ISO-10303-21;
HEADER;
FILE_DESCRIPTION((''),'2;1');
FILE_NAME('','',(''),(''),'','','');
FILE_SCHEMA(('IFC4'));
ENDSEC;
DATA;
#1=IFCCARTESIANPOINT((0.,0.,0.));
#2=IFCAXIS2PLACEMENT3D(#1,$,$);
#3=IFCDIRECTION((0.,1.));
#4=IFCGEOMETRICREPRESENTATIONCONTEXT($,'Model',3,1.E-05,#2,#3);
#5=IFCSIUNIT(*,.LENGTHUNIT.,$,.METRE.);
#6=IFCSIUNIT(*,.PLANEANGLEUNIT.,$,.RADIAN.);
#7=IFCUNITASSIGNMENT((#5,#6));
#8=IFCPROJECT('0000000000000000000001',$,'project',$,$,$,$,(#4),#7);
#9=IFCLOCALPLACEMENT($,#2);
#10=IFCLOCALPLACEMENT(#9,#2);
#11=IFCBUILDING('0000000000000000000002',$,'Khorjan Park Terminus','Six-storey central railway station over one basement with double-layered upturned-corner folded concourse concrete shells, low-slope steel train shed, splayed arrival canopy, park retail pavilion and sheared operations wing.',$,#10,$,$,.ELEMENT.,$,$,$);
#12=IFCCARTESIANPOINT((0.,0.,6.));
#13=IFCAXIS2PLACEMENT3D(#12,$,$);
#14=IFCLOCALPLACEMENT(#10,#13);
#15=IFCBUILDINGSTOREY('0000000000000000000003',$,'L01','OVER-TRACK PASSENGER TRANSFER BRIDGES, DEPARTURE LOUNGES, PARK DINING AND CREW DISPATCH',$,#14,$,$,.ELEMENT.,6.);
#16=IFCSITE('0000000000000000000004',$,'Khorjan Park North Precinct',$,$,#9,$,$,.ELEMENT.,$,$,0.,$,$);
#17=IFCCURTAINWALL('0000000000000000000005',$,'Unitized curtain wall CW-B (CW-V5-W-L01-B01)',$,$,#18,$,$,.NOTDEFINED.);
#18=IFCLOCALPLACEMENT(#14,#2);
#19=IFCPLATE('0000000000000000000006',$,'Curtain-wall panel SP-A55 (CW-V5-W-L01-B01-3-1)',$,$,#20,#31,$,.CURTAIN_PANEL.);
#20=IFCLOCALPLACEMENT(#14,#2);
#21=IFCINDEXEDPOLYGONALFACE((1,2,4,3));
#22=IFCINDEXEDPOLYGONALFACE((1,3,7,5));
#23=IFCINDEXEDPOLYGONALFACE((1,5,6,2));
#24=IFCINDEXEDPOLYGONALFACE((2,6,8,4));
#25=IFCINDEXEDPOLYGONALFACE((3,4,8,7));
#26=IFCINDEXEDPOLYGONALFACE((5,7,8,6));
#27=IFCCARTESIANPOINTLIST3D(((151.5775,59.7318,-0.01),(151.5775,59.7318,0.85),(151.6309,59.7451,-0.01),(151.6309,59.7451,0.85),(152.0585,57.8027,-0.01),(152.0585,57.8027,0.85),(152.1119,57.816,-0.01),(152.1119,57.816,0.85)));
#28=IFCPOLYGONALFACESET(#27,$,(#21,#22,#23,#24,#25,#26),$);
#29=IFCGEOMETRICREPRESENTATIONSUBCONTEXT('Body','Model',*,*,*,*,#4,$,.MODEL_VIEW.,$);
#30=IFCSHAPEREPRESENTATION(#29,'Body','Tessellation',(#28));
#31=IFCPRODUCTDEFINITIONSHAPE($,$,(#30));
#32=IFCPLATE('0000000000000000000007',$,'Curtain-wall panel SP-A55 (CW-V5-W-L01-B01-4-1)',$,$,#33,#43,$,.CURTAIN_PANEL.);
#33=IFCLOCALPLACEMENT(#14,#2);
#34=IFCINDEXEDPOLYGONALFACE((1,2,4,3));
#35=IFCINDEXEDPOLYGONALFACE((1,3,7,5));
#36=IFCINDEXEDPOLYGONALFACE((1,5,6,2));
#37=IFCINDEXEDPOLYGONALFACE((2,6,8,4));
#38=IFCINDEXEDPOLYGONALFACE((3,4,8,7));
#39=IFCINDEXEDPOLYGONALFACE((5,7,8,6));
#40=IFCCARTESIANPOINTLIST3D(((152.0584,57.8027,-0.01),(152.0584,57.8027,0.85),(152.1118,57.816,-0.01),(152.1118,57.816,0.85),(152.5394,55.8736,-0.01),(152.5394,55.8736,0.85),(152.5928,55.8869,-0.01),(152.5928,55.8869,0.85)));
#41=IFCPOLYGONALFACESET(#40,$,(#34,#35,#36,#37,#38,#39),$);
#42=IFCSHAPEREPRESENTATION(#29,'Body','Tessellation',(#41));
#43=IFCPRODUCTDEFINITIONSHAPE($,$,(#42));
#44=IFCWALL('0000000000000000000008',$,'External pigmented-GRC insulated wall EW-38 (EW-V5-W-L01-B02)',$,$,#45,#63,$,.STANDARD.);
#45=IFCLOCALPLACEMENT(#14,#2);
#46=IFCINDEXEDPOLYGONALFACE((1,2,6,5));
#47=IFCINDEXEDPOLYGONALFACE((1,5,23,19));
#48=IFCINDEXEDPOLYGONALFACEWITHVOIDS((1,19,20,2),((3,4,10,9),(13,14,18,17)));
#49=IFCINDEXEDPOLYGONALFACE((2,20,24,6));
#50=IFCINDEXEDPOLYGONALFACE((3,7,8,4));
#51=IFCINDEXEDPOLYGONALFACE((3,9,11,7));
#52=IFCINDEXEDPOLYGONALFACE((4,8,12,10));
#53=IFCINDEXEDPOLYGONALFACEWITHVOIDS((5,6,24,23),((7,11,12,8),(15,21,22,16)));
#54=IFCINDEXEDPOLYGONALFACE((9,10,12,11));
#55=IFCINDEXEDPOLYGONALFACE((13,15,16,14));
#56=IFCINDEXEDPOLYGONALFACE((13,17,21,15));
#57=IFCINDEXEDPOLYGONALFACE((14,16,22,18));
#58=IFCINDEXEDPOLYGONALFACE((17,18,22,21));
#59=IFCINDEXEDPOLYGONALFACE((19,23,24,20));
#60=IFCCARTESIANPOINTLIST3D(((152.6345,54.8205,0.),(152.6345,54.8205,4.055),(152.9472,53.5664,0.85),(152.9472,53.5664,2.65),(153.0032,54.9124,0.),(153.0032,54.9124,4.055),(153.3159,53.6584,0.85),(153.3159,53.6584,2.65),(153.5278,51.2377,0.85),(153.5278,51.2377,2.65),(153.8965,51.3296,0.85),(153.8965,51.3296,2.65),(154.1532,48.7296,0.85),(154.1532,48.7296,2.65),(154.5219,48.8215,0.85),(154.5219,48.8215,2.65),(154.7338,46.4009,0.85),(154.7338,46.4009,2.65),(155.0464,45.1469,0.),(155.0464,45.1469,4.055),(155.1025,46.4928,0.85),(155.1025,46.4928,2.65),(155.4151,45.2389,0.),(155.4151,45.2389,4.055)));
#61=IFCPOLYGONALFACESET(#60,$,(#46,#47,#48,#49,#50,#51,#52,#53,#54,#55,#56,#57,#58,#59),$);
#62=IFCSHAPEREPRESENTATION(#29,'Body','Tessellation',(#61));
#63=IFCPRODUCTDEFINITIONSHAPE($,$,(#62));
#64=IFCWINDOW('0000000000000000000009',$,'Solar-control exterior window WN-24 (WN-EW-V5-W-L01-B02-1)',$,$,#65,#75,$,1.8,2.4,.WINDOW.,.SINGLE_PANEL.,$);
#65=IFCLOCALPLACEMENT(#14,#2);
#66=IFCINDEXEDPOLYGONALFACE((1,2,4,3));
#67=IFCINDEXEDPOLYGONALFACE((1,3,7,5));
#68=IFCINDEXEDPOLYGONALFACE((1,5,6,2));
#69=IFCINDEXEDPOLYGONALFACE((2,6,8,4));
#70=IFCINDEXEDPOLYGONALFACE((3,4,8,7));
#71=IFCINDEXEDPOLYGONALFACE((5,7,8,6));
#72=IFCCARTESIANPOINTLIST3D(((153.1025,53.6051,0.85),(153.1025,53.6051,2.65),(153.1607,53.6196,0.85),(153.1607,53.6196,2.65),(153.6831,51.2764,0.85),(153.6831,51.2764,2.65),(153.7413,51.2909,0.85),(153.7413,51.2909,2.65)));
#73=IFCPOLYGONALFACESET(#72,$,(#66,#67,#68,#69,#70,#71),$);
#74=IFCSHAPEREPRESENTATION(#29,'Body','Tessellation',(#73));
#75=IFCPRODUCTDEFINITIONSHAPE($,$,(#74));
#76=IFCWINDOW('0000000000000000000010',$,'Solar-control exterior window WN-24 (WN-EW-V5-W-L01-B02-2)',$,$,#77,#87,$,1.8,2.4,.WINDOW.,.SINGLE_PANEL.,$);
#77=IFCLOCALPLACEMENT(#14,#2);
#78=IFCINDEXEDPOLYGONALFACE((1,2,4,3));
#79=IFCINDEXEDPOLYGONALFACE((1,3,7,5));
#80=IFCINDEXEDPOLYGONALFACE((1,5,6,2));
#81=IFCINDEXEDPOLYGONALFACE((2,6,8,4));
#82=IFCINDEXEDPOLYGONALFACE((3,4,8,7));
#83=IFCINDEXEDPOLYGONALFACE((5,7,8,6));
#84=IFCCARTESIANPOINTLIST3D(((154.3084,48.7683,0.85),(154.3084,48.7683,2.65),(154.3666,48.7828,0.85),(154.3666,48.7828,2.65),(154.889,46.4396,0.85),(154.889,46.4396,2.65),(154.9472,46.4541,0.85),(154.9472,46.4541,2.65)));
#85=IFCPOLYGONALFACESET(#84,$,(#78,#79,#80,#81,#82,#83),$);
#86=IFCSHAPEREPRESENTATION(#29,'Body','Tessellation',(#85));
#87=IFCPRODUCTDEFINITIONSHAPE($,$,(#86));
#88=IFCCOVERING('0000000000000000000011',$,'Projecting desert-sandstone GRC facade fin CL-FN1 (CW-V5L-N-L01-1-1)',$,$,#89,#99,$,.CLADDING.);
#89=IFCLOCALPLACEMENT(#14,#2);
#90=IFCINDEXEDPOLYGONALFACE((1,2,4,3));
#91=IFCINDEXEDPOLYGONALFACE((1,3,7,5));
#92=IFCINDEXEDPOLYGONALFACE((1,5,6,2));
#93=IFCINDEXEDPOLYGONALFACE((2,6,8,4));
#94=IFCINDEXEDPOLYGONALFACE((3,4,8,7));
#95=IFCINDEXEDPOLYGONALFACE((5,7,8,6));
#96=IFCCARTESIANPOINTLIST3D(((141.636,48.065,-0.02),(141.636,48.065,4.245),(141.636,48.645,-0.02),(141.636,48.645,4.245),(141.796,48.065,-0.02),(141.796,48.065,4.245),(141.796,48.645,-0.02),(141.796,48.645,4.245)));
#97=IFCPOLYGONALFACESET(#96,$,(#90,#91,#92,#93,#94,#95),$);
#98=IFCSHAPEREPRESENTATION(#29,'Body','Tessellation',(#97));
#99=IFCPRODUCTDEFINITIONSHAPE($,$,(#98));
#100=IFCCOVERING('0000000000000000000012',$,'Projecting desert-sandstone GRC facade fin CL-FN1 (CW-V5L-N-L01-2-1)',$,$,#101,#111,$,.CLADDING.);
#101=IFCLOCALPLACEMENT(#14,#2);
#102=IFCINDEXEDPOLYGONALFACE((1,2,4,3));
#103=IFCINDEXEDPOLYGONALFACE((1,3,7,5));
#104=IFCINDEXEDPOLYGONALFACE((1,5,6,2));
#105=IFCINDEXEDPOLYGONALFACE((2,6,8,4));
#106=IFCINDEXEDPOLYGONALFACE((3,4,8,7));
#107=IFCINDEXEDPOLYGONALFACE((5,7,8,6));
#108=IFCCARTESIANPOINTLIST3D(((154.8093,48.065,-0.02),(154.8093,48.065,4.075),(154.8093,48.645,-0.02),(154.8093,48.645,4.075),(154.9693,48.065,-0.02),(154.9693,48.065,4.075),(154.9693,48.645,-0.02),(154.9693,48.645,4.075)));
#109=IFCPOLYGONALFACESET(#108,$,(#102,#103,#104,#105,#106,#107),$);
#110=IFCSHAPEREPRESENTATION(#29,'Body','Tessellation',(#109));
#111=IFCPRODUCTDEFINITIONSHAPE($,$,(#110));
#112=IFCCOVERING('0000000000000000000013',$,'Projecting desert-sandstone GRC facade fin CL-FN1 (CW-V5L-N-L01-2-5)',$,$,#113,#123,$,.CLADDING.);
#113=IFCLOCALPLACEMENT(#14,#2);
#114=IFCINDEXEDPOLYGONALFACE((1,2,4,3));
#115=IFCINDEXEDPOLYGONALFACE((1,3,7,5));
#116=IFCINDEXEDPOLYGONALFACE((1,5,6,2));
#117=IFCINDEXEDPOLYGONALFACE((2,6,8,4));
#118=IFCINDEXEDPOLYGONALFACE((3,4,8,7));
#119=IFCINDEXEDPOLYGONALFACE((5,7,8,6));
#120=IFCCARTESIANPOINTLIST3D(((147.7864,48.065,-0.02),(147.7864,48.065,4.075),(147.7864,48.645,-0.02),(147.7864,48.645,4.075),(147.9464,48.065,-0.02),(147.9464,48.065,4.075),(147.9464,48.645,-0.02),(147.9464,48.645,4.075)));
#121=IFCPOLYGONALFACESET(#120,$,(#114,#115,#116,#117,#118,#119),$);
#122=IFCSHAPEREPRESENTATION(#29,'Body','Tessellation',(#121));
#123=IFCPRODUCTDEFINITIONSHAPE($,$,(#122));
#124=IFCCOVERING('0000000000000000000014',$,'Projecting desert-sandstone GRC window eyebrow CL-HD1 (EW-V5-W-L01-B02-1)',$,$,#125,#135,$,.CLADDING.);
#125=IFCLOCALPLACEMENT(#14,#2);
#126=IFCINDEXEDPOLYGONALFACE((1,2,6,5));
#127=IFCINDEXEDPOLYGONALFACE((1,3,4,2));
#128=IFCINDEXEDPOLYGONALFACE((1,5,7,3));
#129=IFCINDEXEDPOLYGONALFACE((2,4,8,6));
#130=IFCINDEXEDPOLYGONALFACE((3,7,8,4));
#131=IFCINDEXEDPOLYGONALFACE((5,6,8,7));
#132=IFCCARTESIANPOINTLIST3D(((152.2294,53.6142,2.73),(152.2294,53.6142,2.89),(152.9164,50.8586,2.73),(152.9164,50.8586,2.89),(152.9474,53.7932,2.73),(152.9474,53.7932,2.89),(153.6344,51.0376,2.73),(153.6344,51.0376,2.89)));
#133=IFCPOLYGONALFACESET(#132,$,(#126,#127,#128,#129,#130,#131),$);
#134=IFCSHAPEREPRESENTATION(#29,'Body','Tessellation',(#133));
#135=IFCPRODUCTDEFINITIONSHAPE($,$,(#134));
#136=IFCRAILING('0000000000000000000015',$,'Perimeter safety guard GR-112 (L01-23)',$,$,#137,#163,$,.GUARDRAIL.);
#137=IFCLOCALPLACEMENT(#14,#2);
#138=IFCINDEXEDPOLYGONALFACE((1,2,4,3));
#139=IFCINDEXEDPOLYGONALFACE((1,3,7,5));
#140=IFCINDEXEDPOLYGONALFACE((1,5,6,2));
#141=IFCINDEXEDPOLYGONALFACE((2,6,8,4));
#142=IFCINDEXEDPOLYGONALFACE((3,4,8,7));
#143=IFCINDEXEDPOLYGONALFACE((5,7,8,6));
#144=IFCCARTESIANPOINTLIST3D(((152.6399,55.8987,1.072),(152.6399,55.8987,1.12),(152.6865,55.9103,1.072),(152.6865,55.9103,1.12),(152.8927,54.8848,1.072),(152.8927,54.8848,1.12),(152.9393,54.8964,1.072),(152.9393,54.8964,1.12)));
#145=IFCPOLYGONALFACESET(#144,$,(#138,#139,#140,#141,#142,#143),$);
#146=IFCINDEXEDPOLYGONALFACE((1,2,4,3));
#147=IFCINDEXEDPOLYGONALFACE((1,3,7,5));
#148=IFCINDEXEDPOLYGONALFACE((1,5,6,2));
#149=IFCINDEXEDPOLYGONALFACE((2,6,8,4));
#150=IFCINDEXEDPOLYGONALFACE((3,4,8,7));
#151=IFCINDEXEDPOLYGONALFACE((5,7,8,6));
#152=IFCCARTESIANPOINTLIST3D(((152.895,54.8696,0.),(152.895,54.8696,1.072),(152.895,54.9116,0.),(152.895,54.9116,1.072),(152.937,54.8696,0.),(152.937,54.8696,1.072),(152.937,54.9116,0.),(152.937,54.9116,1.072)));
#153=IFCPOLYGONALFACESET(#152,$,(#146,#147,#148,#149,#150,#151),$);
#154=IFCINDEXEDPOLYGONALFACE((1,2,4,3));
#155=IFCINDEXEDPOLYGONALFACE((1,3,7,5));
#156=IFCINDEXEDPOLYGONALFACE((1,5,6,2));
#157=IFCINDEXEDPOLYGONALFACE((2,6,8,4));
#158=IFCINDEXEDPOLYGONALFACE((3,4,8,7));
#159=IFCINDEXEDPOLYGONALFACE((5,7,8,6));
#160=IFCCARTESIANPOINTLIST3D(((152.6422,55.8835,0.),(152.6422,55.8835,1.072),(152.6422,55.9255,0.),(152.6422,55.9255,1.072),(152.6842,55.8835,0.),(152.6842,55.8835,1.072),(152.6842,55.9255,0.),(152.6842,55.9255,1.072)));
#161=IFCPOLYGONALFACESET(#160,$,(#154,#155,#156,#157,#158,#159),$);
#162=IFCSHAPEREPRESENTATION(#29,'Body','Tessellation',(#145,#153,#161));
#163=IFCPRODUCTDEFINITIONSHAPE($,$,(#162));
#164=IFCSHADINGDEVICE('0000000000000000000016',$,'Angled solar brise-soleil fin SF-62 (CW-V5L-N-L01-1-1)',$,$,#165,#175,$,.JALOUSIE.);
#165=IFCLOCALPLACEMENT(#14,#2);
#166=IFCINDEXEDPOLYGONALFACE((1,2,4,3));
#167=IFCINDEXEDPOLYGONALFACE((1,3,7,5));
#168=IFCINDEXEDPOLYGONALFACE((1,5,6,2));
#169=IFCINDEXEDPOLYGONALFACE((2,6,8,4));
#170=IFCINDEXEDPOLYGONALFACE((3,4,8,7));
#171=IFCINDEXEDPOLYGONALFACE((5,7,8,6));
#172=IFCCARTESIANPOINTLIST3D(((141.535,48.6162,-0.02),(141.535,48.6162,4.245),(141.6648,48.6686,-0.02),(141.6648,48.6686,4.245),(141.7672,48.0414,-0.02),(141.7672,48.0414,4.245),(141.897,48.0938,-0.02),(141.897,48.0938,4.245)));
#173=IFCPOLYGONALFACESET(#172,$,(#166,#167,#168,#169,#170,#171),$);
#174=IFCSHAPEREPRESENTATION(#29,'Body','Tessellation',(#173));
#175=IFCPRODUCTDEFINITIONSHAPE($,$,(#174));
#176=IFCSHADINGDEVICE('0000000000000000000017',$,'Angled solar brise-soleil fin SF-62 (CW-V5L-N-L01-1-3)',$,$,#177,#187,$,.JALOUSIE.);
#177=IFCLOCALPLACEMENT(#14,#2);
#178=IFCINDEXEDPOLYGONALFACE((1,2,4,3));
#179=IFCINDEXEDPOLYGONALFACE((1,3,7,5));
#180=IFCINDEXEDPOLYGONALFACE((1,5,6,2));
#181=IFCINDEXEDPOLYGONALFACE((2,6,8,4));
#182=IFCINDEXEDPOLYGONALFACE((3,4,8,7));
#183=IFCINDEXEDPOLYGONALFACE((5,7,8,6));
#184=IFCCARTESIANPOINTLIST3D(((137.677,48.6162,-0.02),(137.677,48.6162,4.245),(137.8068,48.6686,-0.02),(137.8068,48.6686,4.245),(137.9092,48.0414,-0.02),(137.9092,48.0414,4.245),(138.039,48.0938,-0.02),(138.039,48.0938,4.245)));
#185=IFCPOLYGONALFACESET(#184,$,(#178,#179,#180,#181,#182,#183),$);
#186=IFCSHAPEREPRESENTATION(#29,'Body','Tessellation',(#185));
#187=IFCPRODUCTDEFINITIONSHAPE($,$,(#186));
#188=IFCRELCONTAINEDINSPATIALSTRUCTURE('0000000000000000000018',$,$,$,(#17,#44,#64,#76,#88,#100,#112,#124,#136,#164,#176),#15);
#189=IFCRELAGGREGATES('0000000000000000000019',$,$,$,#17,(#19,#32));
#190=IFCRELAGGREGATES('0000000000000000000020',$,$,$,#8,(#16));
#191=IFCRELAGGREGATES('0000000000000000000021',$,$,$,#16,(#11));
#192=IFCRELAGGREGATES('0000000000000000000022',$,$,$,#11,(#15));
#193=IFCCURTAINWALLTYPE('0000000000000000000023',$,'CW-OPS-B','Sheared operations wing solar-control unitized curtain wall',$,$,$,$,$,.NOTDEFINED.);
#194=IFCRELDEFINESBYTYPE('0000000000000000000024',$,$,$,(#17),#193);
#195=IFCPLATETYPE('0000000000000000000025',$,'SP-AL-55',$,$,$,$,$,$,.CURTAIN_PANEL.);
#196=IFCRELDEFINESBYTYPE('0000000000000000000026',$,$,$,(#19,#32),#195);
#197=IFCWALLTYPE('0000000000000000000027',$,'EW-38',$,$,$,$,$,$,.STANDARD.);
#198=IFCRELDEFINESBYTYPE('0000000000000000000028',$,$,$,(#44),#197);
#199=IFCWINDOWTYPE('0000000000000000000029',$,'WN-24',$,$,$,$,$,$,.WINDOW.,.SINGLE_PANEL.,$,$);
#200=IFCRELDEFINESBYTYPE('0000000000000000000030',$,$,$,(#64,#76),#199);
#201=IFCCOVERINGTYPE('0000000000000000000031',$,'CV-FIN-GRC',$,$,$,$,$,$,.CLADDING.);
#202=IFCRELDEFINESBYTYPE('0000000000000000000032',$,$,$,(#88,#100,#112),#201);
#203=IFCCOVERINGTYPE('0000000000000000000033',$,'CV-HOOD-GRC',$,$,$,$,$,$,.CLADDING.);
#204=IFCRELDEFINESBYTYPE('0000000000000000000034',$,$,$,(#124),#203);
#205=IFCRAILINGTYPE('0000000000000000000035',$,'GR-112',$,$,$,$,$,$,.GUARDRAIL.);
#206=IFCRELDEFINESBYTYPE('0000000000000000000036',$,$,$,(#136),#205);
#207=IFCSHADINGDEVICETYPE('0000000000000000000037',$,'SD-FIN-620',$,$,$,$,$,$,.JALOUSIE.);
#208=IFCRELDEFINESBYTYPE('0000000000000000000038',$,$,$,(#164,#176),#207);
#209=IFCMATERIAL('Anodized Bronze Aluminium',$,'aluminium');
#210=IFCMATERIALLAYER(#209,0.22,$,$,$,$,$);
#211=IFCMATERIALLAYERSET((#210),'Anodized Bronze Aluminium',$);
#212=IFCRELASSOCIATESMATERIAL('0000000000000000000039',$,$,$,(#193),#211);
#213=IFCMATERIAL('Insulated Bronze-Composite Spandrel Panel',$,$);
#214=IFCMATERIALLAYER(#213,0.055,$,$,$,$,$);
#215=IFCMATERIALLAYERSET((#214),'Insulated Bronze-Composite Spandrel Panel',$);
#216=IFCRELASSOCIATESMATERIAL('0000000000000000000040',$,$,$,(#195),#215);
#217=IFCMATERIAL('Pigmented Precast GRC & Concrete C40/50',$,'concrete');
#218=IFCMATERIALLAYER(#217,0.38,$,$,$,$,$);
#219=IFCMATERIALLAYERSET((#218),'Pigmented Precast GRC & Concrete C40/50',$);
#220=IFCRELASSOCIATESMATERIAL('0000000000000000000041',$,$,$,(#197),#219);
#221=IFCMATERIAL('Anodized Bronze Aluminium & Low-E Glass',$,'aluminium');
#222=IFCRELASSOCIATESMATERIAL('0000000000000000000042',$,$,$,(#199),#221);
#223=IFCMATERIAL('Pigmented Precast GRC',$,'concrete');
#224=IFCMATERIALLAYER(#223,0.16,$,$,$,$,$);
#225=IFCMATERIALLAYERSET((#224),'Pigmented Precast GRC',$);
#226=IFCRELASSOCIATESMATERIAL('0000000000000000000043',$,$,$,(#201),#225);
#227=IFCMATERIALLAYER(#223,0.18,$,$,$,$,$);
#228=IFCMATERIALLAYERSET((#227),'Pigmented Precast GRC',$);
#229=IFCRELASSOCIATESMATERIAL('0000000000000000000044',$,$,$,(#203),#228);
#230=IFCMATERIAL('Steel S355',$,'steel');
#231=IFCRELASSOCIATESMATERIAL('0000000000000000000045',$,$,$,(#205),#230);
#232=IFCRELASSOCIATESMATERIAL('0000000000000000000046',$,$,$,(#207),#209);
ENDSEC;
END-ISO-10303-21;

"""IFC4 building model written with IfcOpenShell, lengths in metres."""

from ifc_helpers import new_model, si_unit, direction, frame, frame_2d, origin, origin_2d, place, context, subcontext, project, spatial, rectangle, extrude, material, layer, layer_set, type_object, element, fill, aggregate, save


model = new_model("IFC4")

# Units and contexts
model_context = context("Model", 3, precision=1e-05, world=origin(), true_north=direction((0.0, 1.0)))
body_context = subcontext(model_context, "Body", "Model", "MODEL_VIEW")
ifc_project = project(units=[si_unit("LENGTHUNIT", "METRE"), si_unit("PLANEANGLEUNIT", "RADIAN")], contexts=[model_context])

# Site, building, storey
site_placement = place(None, origin())
site = spatial("IfcSite", under=ifc_project, at=site_placement, Name="Khorjan Park North Precinct", CompositionType="ELEMENT", RefElevation=0.0)
building_placement = place(site_placement, origin())
building = spatial("IfcBuilding", under=site, at=building_placement, Name="Khorjan Park Terminus", Description="Six-storey central railway station over one basement with double-layered upturned-corner folded concourse concrete shells, low-slope steel train shed, splayed arrival canopy, park retail pavilion and sheared operations wing.", CompositionType="ELEMENT")
storey_placement = place(building_placement, frame((0.0, 0.0, 6.0)))
storey = spatial("IfcBuildingStorey", under=building, at=storey_placement, Name="L01", Description="OVER-TRACK PASSENGER TRANSFER BRIDGES, DEPARTURE LOUNGES, PARK DINING AND CREW DISPATCH", CompositionType="ELEMENT", Elevation=6.0)

# Curtain wall, plates
ifc_material_1 = material(Name="Anodized Bronze Aluminium", Category="aluminium")
ifc_layer_1 = layer(ifc_material_1, 0.22)
ifc_layer_set_1 = layer_set([ifc_layer_1], Name="Anodized Bronze Aluminium")
curtain_wall_type = type_object("IfcCurtainWallType", Name="CW-OPS-B", Description="Sheared operations wing solar-control unitized curtain wall", PredefinedType="NOTDEFINED", material=ifc_layer_set_1)
curtain_wall_placement = place(storey_placement, origin())
curtain_wall = element("IfcCurtainWall", 1, at=curtain_wall_placement, inside=storey, type_object=curtain_wall_type, Name="Unitized curtain wall CW-B (CW-V5-W-L01-B01)", PredefinedType="NOTDEFINED")
ifc_material_2 = material(Name="Insulated Bronze-Composite Spandrel Panel")
ifc_layer_2 = layer(ifc_material_2, 0.055)
ifc_layer_set_2 = layer_set([ifc_layer_2], Name="Insulated Bronze-Composite Spandrel Panel")
plate_type_1 = type_object("IfcPlateType", Name="SP-AL-55", PredefinedType="CURTAIN_PANEL", material=ifc_layer_set_2)
plate_1_placement = place(storey_placement, frame((151.8447, 58.7739, -0.01), z_axis=(0.0, 0.0, 1.0), x_axis=(0.241913, -0.970298, 0.0)))
plate_1 = element("IfcPlate", 2, at=plate_1_placement, type_object=plate_type_1, Name="Curtain-wall panel SP-A55 (CW-V5-W-L01-B01-3-1)", PredefinedType="CURTAIN_PANEL", context=body_context, shape_type="SweptSolid", body=[
    extrude(rectangle(XDim=1.9882, YDim=0.055, at=origin_2d()), origin(), (0.0, 0.0, 1.0), 0.86),
])
plate_2_placement = place(storey_placement, frame((152.3256, 56.8448, -0.01), z_axis=(0.0, 0.0, 1.0), x_axis=(0.241913, -0.970298, 0.0)))
plate_2 = element("IfcPlate", 3, at=plate_2_placement, type_object=plate_type_1, Name="Curtain-wall panel SP-A55 (CW-V5-W-L01-B01-4-1)", PredefinedType="CURTAIN_PANEL", context=body_context, shape_type="SweptSolid", body=[
    extrude(rectangle(XDim=1.9882, YDim=0.055, at=origin_2d()), origin(), (0.0, 0.0, 1.0), 0.86),
])
aggregate(curtain_wall, [plate_1, plate_2])

# Wall, openings, windows
ifc_material_3 = material(Name="Pigmented Precast GRC & Concrete C40/50", Category="concrete")
ifc_layer_3 = layer(ifc_material_3, 0.38)
ifc_layer_set_3 = layer_set([ifc_layer_3], Name="Pigmented Precast GRC & Concrete C40/50")
wall_type = type_object("IfcWallType", Name="EW-38", PredefinedType="STANDARD", material=ifc_layer_set_3)
wall_placement = place(storey_placement, frame((152.8189, 54.8664, 0.0), z_axis=(0.0, 0.0, 1.0), x_axis=(0.241922, -0.970296, 0.0)))
wall = element("IfcWall", 4, at=wall_placement, inside=storey, type_object=wall_type, Name="External pigmented-GRC insulated wall EW-38 (EW-V5-W-L01-B02)", PredefinedType="STANDARD", context=body_context, shape_type="SweptSolid", body=[
    extrude(rectangle(XDim=9.9697, YDim=0.38, at=frame_2d((4.9848, 0.0))), origin(), (0.0, 0.0, 1.0), 4.055),
])
opening_1_placement = place(wall_placement, frame((1.2924, 0.0, 0.85)))
opening_1 = element("IfcOpeningElement", 5, at=opening_1_placement, cuts=wall, PredefinedType="OPENING", context=body_context, shape_type="SweptSolid", body=[
    extrude(rectangle(XDim=2.4, YDim=1.8, at=frame_2d((1.2, 0.9))), frame((0.0, 0.2, 0.0), z_axis=(0.0, -1.0, 0.0), x_axis=(1.0, 0.0, 0.0)), (0.0, 0.0, 1.0), 0.4),
])
opening_2_placement = place(wall_placement, frame((6.2773, 0.0, 0.85)))
opening_2 = element("IfcOpeningElement", 6, at=opening_2_placement, cuts=wall, PredefinedType="OPENING", context=body_context, shape_type="SweptSolid", body=[
    extrude(rectangle(XDim=2.4, YDim=1.8, at=frame_2d((1.2, 0.9))), frame((0.0, 0.2, 0.0), z_axis=(0.0, -1.0, 0.0), x_axis=(1.0, 0.0, 0.0)), (0.0, 0.0, 1.0), 0.4),
])
ifc_material_4 = material(Name="Anodized Bronze Aluminium & Low-E Glass", Category="aluminium")
window_type = type_object("IfcWindowType", Name="WN-24", PartitioningType="SINGLE_PANEL", PredefinedType="WINDOW", material=ifc_material_4)
window_1_placement = place(opening_1_placement, origin())
window_1 = element("IfcWindow", 7, at=window_1_placement, inside=storey, type_object=window_type, Name="Solar-control exterior window WN-24 (WN-EW-V5-W-L01-B02-1)", OverallHeight=1.8, OverallWidth=2.4, PartitioningType="SINGLE_PANEL", PredefinedType="WINDOW", context=body_context, shape_type="SweptSolid", body=[
    extrude(rectangle(XDim=2.4, YDim=1.8, at=frame_2d((1.2, 0.9))), frame((0.0, 0.03, 0.0), z_axis=(0.0, -1.0, 0.0), x_axis=(1.0, 0.0, 0.0)), (0.0, 0.0, 1.0), 0.06),
])
fill(opening_1, window_1)
window_2_placement = place(opening_2_placement, origin())
window_2 = element("IfcWindow", 8, at=window_2_placement, inside=storey, type_object=window_type, Name="Solar-control exterior window WN-24 (WN-EW-V5-W-L01-B02-2)", OverallHeight=1.8, OverallWidth=2.4, PartitioningType="SINGLE_PANEL", PredefinedType="WINDOW", context=body_context, shape_type="SweptSolid", body=[
    extrude(rectangle(XDim=2.4, YDim=1.8, at=frame_2d((1.2, 0.9))), frame((0.0, 0.03, 0.0), z_axis=(0.0, -1.0, 0.0), x_axis=(1.0, 0.0, 0.0)), (0.0, 0.0, 1.0), 0.06),
])
fill(opening_2, window_2)

# Coverings
ifc_material_5 = material(Name="Pigmented Precast GRC", Category="concrete")
ifc_layer_4 = layer(ifc_material_5, 0.16)
ifc_layer_set_4 = layer_set([ifc_layer_4], Name="Pigmented Precast GRC")
covering_type_1 = type_object("IfcCoveringType", Name="CV-FIN-GRC", PredefinedType="CLADDING", material=ifc_layer_set_4)
covering_1_placement = place(storey_placement, frame((141.716, 48.355, -0.02), z_axis=(0.0, 0.0, 1.0), x_axis=(0.0, -1.0, 0.0)))
element("IfcCovering", 9, at=covering_1_placement, inside=storey, type_object=covering_type_1, Name="Projecting desert-sandstone GRC facade fin CL-FN1 (CW-V5L-N-L01-1-1)", PredefinedType="CLADDING", context=body_context, shape_type="SweptSolid", body=[
    extrude(rectangle(XDim=0.58, YDim=0.16, at=origin_2d()), origin(), (0.0, 0.0, 1.0), 4.265),
])
for number, where, z_axis, x_axis, name in (
    (10, (154.8893, 48.355, -0.02), (0.0, 0.0, 1.0), (0.0, -1.0, 0.0), "Projecting desert-sandstone GRC facade fin CL-FN1 (CW-V5L-N-L01-2-1)"),
    (11, (147.8664, 48.355, -0.02), (0.0, 0.0, 1.0), (0.0, -1.0, 0.0), "Projecting desert-sandstone GRC facade fin CL-FN1 (CW-V5L-N-L01-2-5)"),
):
    element("IfcCovering", number, at=place(storey_placement, frame(where, z_axis=z_axis, x_axis=x_axis)), inside=storey, type_object=covering_type_1, Name=name, PredefinedType="CLADDING", context=body_context, shape_type="SweptSolid", body=[
        extrude(rectangle(XDim=0.58, YDim=0.16, at=origin_2d()), origin(), (0.0, 0.0, 1.0), 4.095),
    ])
ifc_layer_5 = layer(ifc_material_5, 0.18)
ifc_layer_set_5 = layer_set([ifc_layer_5], Name="Pigmented Precast GRC")
covering_type_2 = type_object("IfcCoveringType", Name="CV-HOOD-GRC", PredefinedType="CLADDING", material=ifc_layer_set_5)
covering_2_placement = place(storey_placement, frame((152.9319, 52.3259, 2.73), z_axis=(0.0, 0.0, 1.0), x_axis=(0.241922, -0.970296, 0.0)))
element("IfcCovering", 12, at=covering_2_placement, inside=storey, type_object=covering_type_2, Name="Projecting desert-sandstone GRC window eyebrow CL-HD1 (EW-V5-W-L01-B02-1)", PredefinedType="CLADDING", context=body_context, shape_type="SweptSolid", body=[
    extrude(rectangle(XDim=2.84, YDim=0.74, at=origin_2d()), origin(), (0.0, 0.0, 1.0), 0.16),
])

# Railing
ifc_material_6 = material(Name="Steel S355", Category="steel")
railing_type = type_object("IfcRailingType", Name="GR-112", PredefinedType="GUARDRAIL", material=ifc_material_6)
railing_placement = place(storey_placement, frame((152.916, 54.8906, 0.0)))
element("IfcRailing", 13, at=railing_placement, inside=storey, type_object=railing_type, Name="Perimeter safety guard GR-112 (L01-23)", PredefinedType="GUARDRAIL", context=body_context, shape_type="SweptSolid", body=[
    extrude(rectangle(XDim=0.048, YDim=0.048, at=origin_2d()), frame((0.0, 0.0, 1.096), z_axis=(-0.241928, 0.970294, 0.0), x_axis=(-0.970294, -0.241928, 0.0)), (0.0, 0.0, 1.0), 1.0449),
    extrude(rectangle(XDim=0.042, YDim=0.042, at=origin_2d()), origin(), (0.0, 0.0, 1.0), 1.072),
    extrude(rectangle(XDim=0.042, YDim=0.042, at=origin_2d()), frame((-0.2528, 1.0139, 0.0)), (0.0, 0.0, 1.0), 1.072),
])

# Shading devices
shading_device_type_1 = type_object("IfcShadingDeviceType", Name="SD-FIN-620", PredefinedType="JALOUSIE", material=ifc_material_1)
for number, where, z_axis, x_axis, name in (
    (14, (141.716, 48.355, -0.02), (0.0, 0.0, 1.0), (0.374607, -0.927184, 0.0), "Angled solar brise-soleil fin SF-62 (CW-V5L-N-L01-1-1)"),
    (15, (137.858, 48.355, -0.02), (0.0, 0.0, 1.0), (0.374607, -0.927184, 0.0), "Angled solar brise-soleil fin SF-62 (CW-V5L-N-L01-1-3)"),
):
    element("IfcShadingDevice", number, at=place(storey_placement, frame(where, z_axis=z_axis, x_axis=x_axis)), inside=storey, type_object=shading_device_type_1, Name=name, PredefinedType="JALOUSIE", context=body_context, shape_type="SweptSolid", body=[
        extrude(rectangle(XDim=0.62, YDim=0.14, at=origin_2d()), origin(), (0.0, 0.0, 1.0), 4.265),
    ])

save(model, "model.ifc")
